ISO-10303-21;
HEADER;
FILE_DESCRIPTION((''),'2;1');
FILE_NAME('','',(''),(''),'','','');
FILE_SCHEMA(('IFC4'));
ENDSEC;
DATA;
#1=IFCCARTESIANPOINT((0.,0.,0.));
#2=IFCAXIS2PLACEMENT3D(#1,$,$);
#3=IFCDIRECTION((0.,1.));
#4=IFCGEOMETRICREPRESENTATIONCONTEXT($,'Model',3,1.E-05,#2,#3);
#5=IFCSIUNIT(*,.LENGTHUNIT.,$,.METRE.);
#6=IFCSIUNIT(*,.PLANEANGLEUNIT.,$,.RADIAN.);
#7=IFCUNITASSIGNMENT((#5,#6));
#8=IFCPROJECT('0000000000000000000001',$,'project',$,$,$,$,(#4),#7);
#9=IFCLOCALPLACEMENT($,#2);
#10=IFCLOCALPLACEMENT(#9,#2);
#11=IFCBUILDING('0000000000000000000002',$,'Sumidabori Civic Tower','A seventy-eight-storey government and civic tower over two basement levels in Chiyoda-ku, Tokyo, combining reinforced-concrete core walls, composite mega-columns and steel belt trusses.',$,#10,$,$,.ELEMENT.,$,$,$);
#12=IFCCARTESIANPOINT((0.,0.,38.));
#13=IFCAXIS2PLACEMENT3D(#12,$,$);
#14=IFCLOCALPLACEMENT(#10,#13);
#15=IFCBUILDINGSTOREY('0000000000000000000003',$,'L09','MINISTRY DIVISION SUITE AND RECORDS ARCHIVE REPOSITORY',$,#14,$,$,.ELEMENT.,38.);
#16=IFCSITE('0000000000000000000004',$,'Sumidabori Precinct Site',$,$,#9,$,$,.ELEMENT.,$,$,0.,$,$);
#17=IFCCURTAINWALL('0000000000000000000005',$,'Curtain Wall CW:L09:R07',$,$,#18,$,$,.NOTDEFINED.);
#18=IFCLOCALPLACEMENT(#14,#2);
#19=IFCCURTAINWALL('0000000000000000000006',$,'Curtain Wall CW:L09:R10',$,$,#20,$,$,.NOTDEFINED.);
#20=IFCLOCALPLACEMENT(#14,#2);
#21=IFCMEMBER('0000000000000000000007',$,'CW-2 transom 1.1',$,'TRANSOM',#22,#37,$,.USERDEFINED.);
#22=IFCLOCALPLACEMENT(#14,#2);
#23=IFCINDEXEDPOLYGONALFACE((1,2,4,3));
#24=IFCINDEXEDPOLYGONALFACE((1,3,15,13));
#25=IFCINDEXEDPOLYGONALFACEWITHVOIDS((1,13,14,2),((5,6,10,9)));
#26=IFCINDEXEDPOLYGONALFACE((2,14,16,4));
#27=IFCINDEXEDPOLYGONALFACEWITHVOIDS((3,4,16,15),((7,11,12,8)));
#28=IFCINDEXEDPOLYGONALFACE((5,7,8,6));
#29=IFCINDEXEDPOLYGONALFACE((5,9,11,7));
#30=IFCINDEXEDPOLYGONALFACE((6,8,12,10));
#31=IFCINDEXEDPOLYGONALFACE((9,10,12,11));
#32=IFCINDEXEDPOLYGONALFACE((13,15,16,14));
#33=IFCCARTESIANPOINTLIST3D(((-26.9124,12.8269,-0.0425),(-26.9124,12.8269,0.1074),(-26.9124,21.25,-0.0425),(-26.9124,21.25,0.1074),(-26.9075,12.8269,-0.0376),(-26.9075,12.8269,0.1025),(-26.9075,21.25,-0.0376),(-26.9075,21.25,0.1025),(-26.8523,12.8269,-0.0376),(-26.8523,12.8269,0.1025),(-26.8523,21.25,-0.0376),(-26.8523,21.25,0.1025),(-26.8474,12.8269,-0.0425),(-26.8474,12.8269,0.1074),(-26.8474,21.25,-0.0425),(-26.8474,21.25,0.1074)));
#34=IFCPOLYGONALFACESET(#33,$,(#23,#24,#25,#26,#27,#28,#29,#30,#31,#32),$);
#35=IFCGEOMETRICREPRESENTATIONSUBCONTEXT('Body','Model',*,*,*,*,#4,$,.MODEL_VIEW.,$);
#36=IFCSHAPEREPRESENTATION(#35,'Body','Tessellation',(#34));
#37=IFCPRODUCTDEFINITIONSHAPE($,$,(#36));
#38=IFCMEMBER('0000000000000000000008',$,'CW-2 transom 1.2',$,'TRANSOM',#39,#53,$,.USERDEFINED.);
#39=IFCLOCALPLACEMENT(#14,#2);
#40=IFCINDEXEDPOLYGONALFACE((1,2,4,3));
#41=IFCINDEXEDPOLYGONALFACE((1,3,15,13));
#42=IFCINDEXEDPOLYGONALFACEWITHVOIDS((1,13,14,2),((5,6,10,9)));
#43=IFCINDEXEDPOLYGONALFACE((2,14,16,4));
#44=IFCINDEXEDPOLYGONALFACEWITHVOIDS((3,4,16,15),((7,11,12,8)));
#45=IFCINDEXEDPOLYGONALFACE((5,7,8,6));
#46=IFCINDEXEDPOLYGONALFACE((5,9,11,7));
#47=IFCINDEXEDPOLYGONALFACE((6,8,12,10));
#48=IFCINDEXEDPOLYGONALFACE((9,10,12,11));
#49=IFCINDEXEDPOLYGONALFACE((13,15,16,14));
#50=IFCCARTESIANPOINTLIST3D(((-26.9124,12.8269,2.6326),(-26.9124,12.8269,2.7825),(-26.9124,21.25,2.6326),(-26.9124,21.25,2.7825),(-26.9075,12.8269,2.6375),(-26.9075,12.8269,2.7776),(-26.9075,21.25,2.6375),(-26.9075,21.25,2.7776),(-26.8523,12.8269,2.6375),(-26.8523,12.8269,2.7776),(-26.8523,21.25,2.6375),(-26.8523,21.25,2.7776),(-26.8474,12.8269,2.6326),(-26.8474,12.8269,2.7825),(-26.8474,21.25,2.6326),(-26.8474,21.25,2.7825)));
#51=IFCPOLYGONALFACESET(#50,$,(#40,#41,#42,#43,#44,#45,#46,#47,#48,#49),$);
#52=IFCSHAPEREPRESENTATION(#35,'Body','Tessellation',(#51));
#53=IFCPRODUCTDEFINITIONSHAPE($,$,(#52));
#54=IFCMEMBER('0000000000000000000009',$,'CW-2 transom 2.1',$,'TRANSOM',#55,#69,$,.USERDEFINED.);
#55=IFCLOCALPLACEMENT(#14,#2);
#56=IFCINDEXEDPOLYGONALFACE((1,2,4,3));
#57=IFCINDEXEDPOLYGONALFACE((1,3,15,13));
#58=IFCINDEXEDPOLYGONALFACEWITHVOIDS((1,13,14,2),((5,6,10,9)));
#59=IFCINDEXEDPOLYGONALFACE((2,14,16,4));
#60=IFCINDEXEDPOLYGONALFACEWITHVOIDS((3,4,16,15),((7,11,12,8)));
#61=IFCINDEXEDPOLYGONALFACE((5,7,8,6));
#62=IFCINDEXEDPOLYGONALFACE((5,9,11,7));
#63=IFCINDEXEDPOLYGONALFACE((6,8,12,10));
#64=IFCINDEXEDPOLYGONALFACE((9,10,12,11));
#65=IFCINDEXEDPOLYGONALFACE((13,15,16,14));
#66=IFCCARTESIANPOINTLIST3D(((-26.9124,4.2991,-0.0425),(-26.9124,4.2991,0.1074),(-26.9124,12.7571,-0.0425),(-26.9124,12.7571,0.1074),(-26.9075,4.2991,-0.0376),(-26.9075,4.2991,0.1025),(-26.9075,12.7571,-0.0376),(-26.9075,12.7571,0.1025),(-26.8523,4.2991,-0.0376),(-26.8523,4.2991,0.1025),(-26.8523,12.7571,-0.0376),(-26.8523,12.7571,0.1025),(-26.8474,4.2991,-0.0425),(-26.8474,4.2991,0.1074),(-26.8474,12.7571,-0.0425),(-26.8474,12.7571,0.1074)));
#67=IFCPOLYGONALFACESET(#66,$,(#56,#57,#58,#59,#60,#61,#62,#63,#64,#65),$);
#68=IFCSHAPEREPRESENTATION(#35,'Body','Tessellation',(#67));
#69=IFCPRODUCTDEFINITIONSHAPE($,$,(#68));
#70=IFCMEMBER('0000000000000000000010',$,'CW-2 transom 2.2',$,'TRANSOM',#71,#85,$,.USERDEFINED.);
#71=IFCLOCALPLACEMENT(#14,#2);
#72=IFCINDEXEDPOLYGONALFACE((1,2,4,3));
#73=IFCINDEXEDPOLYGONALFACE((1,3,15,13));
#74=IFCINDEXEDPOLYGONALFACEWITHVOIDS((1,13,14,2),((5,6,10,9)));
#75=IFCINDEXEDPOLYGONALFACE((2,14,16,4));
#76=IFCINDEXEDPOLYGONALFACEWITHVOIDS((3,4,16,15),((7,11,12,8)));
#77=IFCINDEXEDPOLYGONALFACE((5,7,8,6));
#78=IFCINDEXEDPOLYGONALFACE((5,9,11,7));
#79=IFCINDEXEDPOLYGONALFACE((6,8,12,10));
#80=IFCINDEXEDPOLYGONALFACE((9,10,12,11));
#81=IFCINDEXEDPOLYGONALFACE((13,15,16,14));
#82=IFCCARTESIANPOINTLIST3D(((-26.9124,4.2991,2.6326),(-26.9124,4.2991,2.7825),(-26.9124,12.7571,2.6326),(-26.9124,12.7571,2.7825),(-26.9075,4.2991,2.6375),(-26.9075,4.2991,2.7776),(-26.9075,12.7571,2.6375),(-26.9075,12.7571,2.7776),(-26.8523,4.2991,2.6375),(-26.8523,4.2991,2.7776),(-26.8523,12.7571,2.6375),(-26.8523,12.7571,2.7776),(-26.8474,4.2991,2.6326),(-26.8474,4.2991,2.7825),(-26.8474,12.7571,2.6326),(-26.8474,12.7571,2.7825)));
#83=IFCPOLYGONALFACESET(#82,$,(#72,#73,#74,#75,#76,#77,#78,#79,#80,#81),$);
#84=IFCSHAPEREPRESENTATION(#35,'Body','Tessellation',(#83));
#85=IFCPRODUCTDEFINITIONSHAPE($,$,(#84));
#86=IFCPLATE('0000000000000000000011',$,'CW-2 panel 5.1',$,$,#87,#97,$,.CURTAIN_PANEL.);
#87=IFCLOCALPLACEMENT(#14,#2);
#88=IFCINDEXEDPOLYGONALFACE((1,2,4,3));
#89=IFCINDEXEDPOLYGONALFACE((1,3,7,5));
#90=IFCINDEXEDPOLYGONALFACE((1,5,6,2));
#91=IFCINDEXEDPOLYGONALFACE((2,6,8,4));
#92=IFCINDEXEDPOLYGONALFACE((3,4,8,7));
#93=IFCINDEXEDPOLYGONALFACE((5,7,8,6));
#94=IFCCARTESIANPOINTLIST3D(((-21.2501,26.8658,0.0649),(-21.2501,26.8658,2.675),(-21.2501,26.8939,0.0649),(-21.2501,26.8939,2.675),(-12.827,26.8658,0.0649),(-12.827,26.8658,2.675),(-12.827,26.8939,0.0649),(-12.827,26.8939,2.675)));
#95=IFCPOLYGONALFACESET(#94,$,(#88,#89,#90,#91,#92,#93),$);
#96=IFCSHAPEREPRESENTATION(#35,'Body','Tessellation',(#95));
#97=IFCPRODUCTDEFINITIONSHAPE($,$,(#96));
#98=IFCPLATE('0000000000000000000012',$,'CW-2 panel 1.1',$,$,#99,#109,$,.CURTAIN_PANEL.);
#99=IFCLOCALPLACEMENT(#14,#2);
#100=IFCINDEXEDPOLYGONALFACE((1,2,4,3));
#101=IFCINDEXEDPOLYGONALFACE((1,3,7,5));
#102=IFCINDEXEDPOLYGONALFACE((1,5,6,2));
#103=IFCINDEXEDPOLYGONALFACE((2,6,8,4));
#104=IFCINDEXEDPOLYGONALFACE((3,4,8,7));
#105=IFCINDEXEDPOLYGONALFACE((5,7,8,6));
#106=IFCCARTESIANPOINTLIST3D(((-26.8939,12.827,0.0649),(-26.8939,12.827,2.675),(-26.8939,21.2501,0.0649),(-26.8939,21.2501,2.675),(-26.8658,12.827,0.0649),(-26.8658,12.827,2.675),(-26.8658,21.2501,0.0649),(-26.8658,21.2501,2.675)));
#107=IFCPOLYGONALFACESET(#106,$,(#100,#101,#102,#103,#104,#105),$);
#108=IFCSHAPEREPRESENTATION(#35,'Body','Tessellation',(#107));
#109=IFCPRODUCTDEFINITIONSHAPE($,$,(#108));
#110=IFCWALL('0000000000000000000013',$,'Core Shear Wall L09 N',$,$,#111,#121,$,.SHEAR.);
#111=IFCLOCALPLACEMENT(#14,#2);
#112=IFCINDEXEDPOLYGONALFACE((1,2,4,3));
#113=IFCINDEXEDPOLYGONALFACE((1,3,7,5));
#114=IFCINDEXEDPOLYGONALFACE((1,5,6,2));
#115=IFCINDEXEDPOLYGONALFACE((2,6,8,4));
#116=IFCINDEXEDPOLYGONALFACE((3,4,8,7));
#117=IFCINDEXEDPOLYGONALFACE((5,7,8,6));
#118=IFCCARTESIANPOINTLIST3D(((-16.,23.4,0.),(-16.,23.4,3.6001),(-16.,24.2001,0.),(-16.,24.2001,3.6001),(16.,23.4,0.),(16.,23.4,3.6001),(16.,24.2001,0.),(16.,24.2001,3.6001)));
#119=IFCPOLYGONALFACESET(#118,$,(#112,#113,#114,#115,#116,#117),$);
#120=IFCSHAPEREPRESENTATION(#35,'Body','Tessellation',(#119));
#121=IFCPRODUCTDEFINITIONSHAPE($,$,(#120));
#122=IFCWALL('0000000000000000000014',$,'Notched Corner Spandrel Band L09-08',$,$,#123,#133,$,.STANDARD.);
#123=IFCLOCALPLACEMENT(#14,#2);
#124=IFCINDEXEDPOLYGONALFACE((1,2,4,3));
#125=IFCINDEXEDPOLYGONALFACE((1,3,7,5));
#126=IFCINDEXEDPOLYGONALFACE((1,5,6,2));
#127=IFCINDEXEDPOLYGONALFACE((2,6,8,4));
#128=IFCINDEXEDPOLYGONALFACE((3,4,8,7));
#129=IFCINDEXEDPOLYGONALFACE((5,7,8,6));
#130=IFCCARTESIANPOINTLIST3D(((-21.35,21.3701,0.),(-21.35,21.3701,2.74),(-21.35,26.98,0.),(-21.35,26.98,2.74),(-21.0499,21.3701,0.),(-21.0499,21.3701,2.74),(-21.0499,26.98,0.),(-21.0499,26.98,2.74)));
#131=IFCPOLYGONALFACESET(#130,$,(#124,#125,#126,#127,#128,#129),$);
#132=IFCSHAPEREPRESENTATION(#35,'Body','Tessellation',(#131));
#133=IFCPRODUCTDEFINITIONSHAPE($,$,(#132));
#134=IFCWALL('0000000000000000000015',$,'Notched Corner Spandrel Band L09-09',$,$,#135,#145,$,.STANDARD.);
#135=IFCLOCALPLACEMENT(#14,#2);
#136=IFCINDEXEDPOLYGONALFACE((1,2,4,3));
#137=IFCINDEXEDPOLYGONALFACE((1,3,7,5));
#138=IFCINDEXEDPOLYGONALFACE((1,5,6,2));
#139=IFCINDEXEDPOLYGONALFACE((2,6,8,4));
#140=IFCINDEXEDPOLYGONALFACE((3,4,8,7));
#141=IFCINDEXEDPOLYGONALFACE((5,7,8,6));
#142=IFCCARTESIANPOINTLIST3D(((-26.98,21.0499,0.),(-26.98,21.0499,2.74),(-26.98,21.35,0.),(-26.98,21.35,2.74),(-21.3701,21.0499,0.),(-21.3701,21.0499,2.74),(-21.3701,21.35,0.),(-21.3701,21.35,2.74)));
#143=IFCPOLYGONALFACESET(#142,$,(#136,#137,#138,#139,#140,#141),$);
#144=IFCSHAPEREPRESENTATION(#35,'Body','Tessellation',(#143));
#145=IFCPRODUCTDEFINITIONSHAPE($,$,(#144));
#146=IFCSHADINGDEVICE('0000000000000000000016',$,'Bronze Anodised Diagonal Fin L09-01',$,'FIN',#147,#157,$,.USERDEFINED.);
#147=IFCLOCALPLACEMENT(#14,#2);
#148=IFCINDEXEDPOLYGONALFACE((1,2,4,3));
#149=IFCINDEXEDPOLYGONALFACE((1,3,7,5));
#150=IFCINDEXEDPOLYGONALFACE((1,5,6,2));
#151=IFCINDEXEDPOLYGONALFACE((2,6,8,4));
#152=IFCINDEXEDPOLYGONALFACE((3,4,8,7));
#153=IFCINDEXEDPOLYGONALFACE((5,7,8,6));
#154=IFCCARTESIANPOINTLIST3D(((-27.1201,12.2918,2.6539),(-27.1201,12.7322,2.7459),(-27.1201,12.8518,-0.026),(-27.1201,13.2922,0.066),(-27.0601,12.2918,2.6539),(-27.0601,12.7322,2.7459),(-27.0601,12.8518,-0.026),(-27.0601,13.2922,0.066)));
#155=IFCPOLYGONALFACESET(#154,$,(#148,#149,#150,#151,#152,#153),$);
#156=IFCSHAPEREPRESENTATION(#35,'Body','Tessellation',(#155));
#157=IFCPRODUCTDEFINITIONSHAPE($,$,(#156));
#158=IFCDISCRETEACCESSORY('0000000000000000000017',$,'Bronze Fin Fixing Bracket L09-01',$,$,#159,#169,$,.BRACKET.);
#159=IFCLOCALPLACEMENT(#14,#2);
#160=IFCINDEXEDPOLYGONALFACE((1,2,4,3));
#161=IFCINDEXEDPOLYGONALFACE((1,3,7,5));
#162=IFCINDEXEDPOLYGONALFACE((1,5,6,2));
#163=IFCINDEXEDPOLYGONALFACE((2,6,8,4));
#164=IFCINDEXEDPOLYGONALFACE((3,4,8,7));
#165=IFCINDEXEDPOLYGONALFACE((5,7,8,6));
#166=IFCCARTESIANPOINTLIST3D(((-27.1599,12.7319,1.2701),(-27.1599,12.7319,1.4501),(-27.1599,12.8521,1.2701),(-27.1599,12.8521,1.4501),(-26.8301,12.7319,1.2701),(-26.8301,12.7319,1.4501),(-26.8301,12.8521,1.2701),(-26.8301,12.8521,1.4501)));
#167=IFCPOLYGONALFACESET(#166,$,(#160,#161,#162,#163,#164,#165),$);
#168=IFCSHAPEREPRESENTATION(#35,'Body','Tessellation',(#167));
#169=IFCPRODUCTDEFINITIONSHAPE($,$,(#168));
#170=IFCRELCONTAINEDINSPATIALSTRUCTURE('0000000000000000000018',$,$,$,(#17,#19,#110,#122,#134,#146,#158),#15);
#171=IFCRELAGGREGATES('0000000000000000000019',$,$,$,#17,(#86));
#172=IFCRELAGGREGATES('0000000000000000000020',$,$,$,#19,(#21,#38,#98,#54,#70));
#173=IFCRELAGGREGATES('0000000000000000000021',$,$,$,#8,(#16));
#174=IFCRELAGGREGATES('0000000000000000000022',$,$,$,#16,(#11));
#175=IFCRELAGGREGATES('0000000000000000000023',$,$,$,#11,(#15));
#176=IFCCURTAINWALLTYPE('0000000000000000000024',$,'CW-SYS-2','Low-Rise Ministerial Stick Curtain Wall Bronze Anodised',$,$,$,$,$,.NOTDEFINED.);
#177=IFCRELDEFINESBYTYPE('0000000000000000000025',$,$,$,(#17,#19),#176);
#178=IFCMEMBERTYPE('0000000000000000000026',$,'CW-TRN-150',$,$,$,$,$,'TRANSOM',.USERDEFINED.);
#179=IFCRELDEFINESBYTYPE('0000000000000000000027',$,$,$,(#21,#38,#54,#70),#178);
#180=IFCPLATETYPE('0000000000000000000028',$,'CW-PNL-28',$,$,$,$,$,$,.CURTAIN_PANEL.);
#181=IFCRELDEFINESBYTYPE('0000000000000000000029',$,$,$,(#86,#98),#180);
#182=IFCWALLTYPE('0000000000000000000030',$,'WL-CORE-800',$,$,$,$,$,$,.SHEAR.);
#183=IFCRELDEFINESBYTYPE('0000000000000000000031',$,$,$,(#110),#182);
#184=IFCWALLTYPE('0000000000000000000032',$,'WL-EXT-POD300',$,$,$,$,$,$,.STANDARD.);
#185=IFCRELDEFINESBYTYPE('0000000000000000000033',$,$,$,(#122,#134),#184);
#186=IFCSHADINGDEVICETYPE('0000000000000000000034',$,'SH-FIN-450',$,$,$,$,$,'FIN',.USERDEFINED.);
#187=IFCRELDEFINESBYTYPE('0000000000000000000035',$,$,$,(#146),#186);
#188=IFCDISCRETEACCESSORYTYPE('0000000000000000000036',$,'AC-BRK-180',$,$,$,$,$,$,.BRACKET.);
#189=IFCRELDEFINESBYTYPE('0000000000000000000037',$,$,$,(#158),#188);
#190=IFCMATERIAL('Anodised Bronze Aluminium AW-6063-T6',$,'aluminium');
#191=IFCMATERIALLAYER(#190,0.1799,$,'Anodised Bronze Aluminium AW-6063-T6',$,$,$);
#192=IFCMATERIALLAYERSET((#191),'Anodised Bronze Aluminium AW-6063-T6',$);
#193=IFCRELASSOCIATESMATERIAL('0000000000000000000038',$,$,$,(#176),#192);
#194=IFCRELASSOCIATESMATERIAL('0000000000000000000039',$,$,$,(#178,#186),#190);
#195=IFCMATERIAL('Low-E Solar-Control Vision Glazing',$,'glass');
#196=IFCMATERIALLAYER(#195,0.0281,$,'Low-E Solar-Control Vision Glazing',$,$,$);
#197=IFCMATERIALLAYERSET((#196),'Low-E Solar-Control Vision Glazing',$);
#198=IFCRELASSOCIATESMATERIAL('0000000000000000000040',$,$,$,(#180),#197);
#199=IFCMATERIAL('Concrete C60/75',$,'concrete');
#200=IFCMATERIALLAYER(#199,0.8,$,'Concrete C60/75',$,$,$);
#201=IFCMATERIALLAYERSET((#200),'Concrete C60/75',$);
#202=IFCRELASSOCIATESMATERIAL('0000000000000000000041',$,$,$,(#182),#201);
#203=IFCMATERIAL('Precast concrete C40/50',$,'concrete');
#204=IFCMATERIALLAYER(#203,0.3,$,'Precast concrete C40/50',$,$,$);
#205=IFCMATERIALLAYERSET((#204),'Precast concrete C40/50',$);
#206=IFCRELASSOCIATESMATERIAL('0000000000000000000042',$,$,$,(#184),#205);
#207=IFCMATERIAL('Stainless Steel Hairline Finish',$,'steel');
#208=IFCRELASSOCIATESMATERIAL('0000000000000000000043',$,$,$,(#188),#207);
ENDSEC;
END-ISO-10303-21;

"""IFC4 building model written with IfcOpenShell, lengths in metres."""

from ifc_helpers import new_model, si_unit, direction, frame, frame_2d, origin, origin_2d, place, context, subcontext, project, spatial, rectangle, hollow_rectangle, extrude, source, transform, mapped, material, layer, layer_set, material_profile, profile_set, type_object, element, aggregate, save


model = new_model("IFC4")

# Units and contexts
model_context = context("Model", 3, precision=1e-05, world=origin(), true_north=direction((0.0, 1.0)))
body_context = subcontext(model_context, "Body", "Model", "MODEL_VIEW")
ifc_project = project(units=[si_unit("LENGTHUNIT", "METRE"), si_unit("PLANEANGLEUNIT", "RADIAN")], contexts=[model_context])

# Site, building, storey
site_placement = place(None, origin())
site = spatial("IfcSite", under=ifc_project, at=site_placement, Name="Sumidabori Precinct Site", CompositionType="ELEMENT", RefElevation=0.0)
building_placement = place(site_placement, origin())
building = spatial("IfcBuilding", under=site, at=building_placement, Name="Sumidabori Civic Tower", Description="A seventy-eight-storey government and civic tower over two basement levels in Chiyoda-ku, Tokyo, combining reinforced-concrete core walls, composite mega-columns and steel belt trusses.", CompositionType="ELEMENT")
storey_placement = place(building_placement, frame((0.0, 0.0, 38.0)))
storey = spatial("IfcBuildingStorey", under=building, at=storey_placement, Name="L09", Description="MINISTRY DIVISION SUITE AND RECORDS ARCHIVE REPOSITORY", CompositionType="ELEMENT", Elevation=38.0)

# Shared definitions
ifc_material_1 = material(Name="Concrete C60/75", Category="concrete")

# Curtain wall
ifc_material_2 = material(Name="Anodised Bronze Aluminium AW-6063-T6", Category="aluminium")
ifc_layer_1 = layer(ifc_material_2, 0.1799, Name="Anodised Bronze Aluminium AW-6063-T6")
ifc_layer_set_1 = layer_set([ifc_layer_1], Name="Anodised Bronze Aluminium AW-6063-T6")
curtain_wall_type = type_object("IfcCurtainWallType", Name="CW-SYS-2", Description="Low-Rise Ministerial Stick Curtain Wall Bronze Anodised", PredefinedType="NOTDEFINED", material=ifc_layer_set_1)
curtain_wall_1_placement = place(storey_placement, origin())
curtain_wall_1 = element("IfcCurtainWall", 1, at=curtain_wall_1_placement, inside=storey, type_object=curtain_wall_type, Name="Curtain Wall CW:L09:R07", PredefinedType="NOTDEFINED")

# Curtain wall, members
curtain_wall_2_placement = place(storey_placement, origin())
curtain_wall_2 = element("IfcCurtainWall", 2, at=curtain_wall_2_placement, inside=storey, type_object=curtain_wall_type, Name="Curtain Wall CW:L09:R10", PredefinedType="NOTDEFINED")
ifc_material_profile_1 = material_profile(ifc_material_2, hollow_rectangle(XDim=0.0649, YDim=0.1499, WallThickness=0.0049, at=origin_2d()), Name="ALU TRANSOM 150x65")
ifc_profile_set_1 = profile_set([ifc_material_profile_1], Name="Anodised Bronze Aluminium AW-6063-T6")
member_type_1 = type_object("IfcMemberType", Name="CW-TRN-150", ElementType="TRANSOM", PredefinedType="USERDEFINED", material=ifc_profile_set_1)
shared_shape_1 = source(origin(), body_context, "Body", "SweptSolid", [
    extrude(hollow_rectangle(XDim=0.0649, YDim=0.1499, WallThickness=0.0049, at=origin_2d()), origin(), (0.0, 0.0, 1.0), 8.4231),
])
member_1_placement = place(storey_placement, frame((-26.8799, 21.25, 0.0325), z_axis=(0.0, -1.0, 0.0), x_axis=(1.0, 0.0, 0.0)))
member_1 = element("IfcMember", 3, at=member_1_placement, type_object=member_type_1, Name="CW-2 transom 1.1", ObjectType="TRANSOM", PredefinedType="USERDEFINED", context=body_context, shape_type="MappedRepresentation", body=[
    mapped(shared_shape_1, transform((0.0, 0.0, 0.0), x_axis=(1.0, 0.0, 0.0), y_axis=(0.0, 1.0, 0.0), z_axis=(0.0, 0.0, 1.0), scale=1.0)),
])
member_2_placement = place(storey_placement, frame((-26.8799, 21.25, 2.7075), z_axis=(0.0, -1.0, 0.0), x_axis=(1.0, 0.0, 0.0)))
member_2 = element("IfcMember", 4, at=member_2_placement, type_object=member_type_1, Name="CW-2 transom 1.2", ObjectType="TRANSOM", PredefinedType="USERDEFINED", context=body_context, shape_type="MappedRepresentation", body=[
    mapped(shared_shape_1, transform((0.0, 0.0, 0.0), x_axis=(1.0, 0.0, 0.0), y_axis=(0.0, 1.0, 0.0), z_axis=(0.0, 0.0, 1.0), scale=1.0)),
])
shared_shape_2 = source(origin(), body_context, "Body", "SweptSolid", [
    extrude(hollow_rectangle(XDim=0.0649, YDim=0.1499, WallThickness=0.0049, at=origin_2d()), origin(), (0.0, 0.0, 1.0), 8.458),
])
member_3_placement = place(storey_placement, frame((-26.8799, 12.7571, 0.0325), z_axis=(0.0, -1.0, 0.0), x_axis=(1.0, 0.0, 0.0)))
member_3 = element("IfcMember", 5, at=member_3_placement, type_object=member_type_1, Name="CW-2 transom 2.1", ObjectType="TRANSOM", PredefinedType="USERDEFINED", context=body_context, shape_type="MappedRepresentation", body=[
    mapped(shared_shape_2, transform((0.0, 0.0, 0.0), x_axis=(1.0, 0.0, 0.0), y_axis=(0.0, 1.0, 0.0), z_axis=(0.0, 0.0, 1.0), scale=1.0)),
])
member_4_placement = place(storey_placement, frame((-26.8799, 12.7571, 2.7075), z_axis=(0.0, -1.0, 0.0), x_axis=(1.0, 0.0, 0.0)))
member_4 = element("IfcMember", 6, at=member_4_placement, type_object=member_type_1, Name="CW-2 transom 2.2", ObjectType="TRANSOM", PredefinedType="USERDEFINED", context=body_context, shape_type="MappedRepresentation", body=[
    mapped(shared_shape_2, transform((0.0, 0.0, 0.0), x_axis=(1.0, 0.0, 0.0), y_axis=(0.0, 1.0, 0.0), z_axis=(0.0, 0.0, 1.0), scale=1.0)),
])

# Plates
ifc_material_3 = material(Name="Low-E Solar-Control Vision Glazing", Category="glass")
ifc_layer_2 = layer(ifc_material_3, 0.0281, Name="Low-E Solar-Control Vision Glazing")
ifc_layer_set_2 = layer_set([ifc_layer_2], Name="Low-E Solar-Control Vision Glazing")
plate_type = type_object("IfcPlateType", Name="CW-PNL-28", PredefinedType="CURTAIN_PANEL", material=ifc_layer_set_2)
shared_shape_3 = source(origin(), body_context, "Body", "SweptSolid", [
    extrude(rectangle(XDim=8.4231, YDim=0.0281, at=origin_2d()), origin(), (0.0, 0.0, 1.0), 2.6101),
])
plate_1_placement = place(storey_placement, frame((-17.0386, 26.8799, 0.0649), z_axis=(0.0, 0.0, 1.0), x_axis=(-1.0, 0.0, 0.0)))
plate_1 = element("IfcPlate", 7, at=plate_1_placement, type_object=plate_type, Name="CW-2 panel 5.1", PredefinedType="CURTAIN_PANEL", context=body_context, shape_type="MappedRepresentation", body=[
    mapped(shared_shape_3, transform((0.0, 0.0, 0.0), x_axis=(1.0, 0.0, 0.0), y_axis=(0.0, 1.0, 0.0), z_axis=(0.0, 0.0, 1.0), scale=1.0)),
])
aggregate(curtain_wall_1, [plate_1])
plate_2_placement = place(storey_placement, frame((-26.8799, 17.0386, 0.0649), z_axis=(0.0, 0.0, 1.0), x_axis=(0.0, -1.0, 0.0)))
plate_2 = element("IfcPlate", 8, at=plate_2_placement, type_object=plate_type, Name="CW-2 panel 1.1", PredefinedType="CURTAIN_PANEL", context=body_context, shape_type="MappedRepresentation", body=[
    mapped(shared_shape_3, transform((0.0, 0.0, 0.0), x_axis=(1.0, 0.0, 0.0), y_axis=(0.0, 1.0, 0.0), z_axis=(0.0, 0.0, 1.0), scale=1.0)),
])
aggregate(curtain_wall_2, [member_1, member_2, plate_2, member_3, member_4])

# Walls
ifc_layer_3 = layer(ifc_material_1, 0.8, Name="Concrete C60/75")
ifc_layer_set_3 = layer_set([ifc_layer_3], Name="Concrete C60/75")
wall_type_1 = type_object("IfcWallType", Name="WL-CORE-800", PredefinedType="SHEAR", material=ifc_layer_set_3)
shared_shape_4 = source(origin(), body_context, "Body", "SweptSolid", [
    extrude(rectangle(XDim=32.0, YDim=0.8, at=frame_2d((16.0, 0.0))), origin(), (0.0, 0.0, 1.0), 3.6001),
])
wall_placement = place(storey_placement, frame((-16.0, 23.8, 0.0), z_axis=(0.0, 0.0, 1.0), x_axis=(1.0, 0.0, 0.0)))
element("IfcWall", 9, at=wall_placement, inside=storey, type_object=wall_type_1, Name="Core Shear Wall L09 N", PredefinedType="SHEAR", context=body_context, shape_type="MappedRepresentation", body=[
    mapped(shared_shape_4, transform((0.0, 0.0, 0.0), x_axis=(1.0, 0.0, 0.0), y_axis=(0.0, 1.0, 0.0), z_axis=(0.0, 0.0, 1.0), scale=1.0)),
])
ifc_material_4 = material(Name="Precast concrete C40/50", Category="concrete")
ifc_layer_4 = layer(ifc_material_4, 0.3, Name="Precast concrete C40/50")
ifc_layer_set_4 = layer_set([ifc_layer_4], Name="Precast concrete C40/50")
wall_type_2 = type_object("IfcWallType", Name="WL-EXT-POD300", PredefinedType="STANDARD", material=ifc_layer_set_4)
shared_shape_5 = source(origin(), body_context, "Body", "SweptSolid", [
    extrude(rectangle(XDim=5.6099, YDim=0.3, at=frame_2d((2.8049, 0.0))), origin(), (0.0, 0.0, 1.0), 2.74),
])
for number, where, z_axis, x_axis, name in (
    (10, (-21.2, 26.98, 0.0), (0.0, 0.0, 1.0), (0.0, -1.0, 0.0), "Notched Corner Spandrel Band L09-08"),
    (11, (-21.3701, 21.2, 0.0), (0.0, 0.0, 1.0), (-1.0, 0.0, 0.0), "Notched Corner Spandrel Band L09-09"),
):
    element("IfcWall", number, at=place(storey_placement, frame(where, z_axis=z_axis, x_axis=x_axis)), inside=storey, type_object=wall_type_2, Name=name, PredefinedType="STANDARD", context=body_context, shape_type="MappedRepresentation", body=[
        mapped(shared_shape_5, transform((0.0, 0.0, 0.0), x_axis=(1.0, 0.0, 0.0), y_axis=(0.0, 1.0, 0.0), z_axis=(0.0, 0.0, 1.0), scale=1.0)),
    ])

# Shading device
ifc_material_profile_2 = material_profile(ifc_material_2, rectangle(XDim=0.0601, YDim=0.45, at=origin_2d()), Name="BRONZE FIN 450x60")
ifc_profile_set_2 = profile_set([ifc_material_profile_2], Name="Anodised Bronze Aluminium AW-6063-T6")
shading_device_type = type_object("IfcShadingDeviceType", Name="SH-FIN-450", ElementType="FIN", PredefinedType="USERDEFINED", material=ifc_profile_set_2)
shared_shape_6 = source(origin(), body_context, "Body", "SweptSolid", [
    extrude(rectangle(XDim=0.0601, YDim=0.45, at=origin_2d()), origin(), (0.0, 0.0, 1.0), 2.7378),
])
shading_device_placement = place(storey_placement, frame((-27.0901, 13.072, 0.02), z_axis=(0.0, -0.204563, 0.978853), x_axis=(-1.0, 0.0, 0.0)))
element("IfcShadingDevice", 12, at=shading_device_placement, inside=storey, type_object=shading_device_type, Name="Bronze Anodised Diagonal Fin L09-01", ObjectType="FIN", PredefinedType="USERDEFINED", context=body_context, shape_type="MappedRepresentation", body=[
    mapped(shared_shape_6, transform((0.0, 0.0, 0.0), x_axis=(1.0, 0.0, 0.0), y_axis=(0.0, 1.0, 0.0), z_axis=(0.0, 0.0, 1.0), scale=1.0)),
])

# Discrete accessory
ifc_material_5 = material(Name="Stainless Steel Hairline Finish", Category="steel")
ifc_material_profile_3 = material_profile(ifc_material_5, rectangle(XDim=0.1201, YDim=0.1799, at=origin_2d()), Name="STEEL BRACKET 180x120")
ifc_profile_set_3 = profile_set([ifc_material_profile_3], Name="Stainless Steel Hairline Finish")
discrete_accessory_type = type_object("IfcDiscreteAccessoryType", Name="AC-BRK-180", PredefinedType="BRACKET", material=ifc_profile_set_3)
shared_shape_7 = source(origin(), body_context, "Body", "SweptSolid", [
    extrude(rectangle(XDim=0.1201, YDim=0.1799, at=origin_2d()), origin(), (0.0, 0.0, 1.0), 0.3298),
])
discrete_accessory_placement = place(storey_placement, frame((-26.8301, 12.792, 1.3601), z_axis=(-1.0, 0.0, 0.0), x_axis=(0.0, -1.0, 0.0)))
element("IfcDiscreteAccessory", 13, at=discrete_accessory_placement, inside=storey, type_object=discrete_accessory_type, Name="Bronze Fin Fixing Bracket L09-01", PredefinedType="BRACKET", context=body_context, shape_type="MappedRepresentation", body=[
    mapped(shared_shape_7, transform((0.0, 0.0, 0.0), x_axis=(1.0, 0.0, 0.0), y_axis=(0.0, 1.0, 0.0), z_axis=(0.0, 0.0, 1.0), scale=1.0)),
])

save(model, "model.ifc")
